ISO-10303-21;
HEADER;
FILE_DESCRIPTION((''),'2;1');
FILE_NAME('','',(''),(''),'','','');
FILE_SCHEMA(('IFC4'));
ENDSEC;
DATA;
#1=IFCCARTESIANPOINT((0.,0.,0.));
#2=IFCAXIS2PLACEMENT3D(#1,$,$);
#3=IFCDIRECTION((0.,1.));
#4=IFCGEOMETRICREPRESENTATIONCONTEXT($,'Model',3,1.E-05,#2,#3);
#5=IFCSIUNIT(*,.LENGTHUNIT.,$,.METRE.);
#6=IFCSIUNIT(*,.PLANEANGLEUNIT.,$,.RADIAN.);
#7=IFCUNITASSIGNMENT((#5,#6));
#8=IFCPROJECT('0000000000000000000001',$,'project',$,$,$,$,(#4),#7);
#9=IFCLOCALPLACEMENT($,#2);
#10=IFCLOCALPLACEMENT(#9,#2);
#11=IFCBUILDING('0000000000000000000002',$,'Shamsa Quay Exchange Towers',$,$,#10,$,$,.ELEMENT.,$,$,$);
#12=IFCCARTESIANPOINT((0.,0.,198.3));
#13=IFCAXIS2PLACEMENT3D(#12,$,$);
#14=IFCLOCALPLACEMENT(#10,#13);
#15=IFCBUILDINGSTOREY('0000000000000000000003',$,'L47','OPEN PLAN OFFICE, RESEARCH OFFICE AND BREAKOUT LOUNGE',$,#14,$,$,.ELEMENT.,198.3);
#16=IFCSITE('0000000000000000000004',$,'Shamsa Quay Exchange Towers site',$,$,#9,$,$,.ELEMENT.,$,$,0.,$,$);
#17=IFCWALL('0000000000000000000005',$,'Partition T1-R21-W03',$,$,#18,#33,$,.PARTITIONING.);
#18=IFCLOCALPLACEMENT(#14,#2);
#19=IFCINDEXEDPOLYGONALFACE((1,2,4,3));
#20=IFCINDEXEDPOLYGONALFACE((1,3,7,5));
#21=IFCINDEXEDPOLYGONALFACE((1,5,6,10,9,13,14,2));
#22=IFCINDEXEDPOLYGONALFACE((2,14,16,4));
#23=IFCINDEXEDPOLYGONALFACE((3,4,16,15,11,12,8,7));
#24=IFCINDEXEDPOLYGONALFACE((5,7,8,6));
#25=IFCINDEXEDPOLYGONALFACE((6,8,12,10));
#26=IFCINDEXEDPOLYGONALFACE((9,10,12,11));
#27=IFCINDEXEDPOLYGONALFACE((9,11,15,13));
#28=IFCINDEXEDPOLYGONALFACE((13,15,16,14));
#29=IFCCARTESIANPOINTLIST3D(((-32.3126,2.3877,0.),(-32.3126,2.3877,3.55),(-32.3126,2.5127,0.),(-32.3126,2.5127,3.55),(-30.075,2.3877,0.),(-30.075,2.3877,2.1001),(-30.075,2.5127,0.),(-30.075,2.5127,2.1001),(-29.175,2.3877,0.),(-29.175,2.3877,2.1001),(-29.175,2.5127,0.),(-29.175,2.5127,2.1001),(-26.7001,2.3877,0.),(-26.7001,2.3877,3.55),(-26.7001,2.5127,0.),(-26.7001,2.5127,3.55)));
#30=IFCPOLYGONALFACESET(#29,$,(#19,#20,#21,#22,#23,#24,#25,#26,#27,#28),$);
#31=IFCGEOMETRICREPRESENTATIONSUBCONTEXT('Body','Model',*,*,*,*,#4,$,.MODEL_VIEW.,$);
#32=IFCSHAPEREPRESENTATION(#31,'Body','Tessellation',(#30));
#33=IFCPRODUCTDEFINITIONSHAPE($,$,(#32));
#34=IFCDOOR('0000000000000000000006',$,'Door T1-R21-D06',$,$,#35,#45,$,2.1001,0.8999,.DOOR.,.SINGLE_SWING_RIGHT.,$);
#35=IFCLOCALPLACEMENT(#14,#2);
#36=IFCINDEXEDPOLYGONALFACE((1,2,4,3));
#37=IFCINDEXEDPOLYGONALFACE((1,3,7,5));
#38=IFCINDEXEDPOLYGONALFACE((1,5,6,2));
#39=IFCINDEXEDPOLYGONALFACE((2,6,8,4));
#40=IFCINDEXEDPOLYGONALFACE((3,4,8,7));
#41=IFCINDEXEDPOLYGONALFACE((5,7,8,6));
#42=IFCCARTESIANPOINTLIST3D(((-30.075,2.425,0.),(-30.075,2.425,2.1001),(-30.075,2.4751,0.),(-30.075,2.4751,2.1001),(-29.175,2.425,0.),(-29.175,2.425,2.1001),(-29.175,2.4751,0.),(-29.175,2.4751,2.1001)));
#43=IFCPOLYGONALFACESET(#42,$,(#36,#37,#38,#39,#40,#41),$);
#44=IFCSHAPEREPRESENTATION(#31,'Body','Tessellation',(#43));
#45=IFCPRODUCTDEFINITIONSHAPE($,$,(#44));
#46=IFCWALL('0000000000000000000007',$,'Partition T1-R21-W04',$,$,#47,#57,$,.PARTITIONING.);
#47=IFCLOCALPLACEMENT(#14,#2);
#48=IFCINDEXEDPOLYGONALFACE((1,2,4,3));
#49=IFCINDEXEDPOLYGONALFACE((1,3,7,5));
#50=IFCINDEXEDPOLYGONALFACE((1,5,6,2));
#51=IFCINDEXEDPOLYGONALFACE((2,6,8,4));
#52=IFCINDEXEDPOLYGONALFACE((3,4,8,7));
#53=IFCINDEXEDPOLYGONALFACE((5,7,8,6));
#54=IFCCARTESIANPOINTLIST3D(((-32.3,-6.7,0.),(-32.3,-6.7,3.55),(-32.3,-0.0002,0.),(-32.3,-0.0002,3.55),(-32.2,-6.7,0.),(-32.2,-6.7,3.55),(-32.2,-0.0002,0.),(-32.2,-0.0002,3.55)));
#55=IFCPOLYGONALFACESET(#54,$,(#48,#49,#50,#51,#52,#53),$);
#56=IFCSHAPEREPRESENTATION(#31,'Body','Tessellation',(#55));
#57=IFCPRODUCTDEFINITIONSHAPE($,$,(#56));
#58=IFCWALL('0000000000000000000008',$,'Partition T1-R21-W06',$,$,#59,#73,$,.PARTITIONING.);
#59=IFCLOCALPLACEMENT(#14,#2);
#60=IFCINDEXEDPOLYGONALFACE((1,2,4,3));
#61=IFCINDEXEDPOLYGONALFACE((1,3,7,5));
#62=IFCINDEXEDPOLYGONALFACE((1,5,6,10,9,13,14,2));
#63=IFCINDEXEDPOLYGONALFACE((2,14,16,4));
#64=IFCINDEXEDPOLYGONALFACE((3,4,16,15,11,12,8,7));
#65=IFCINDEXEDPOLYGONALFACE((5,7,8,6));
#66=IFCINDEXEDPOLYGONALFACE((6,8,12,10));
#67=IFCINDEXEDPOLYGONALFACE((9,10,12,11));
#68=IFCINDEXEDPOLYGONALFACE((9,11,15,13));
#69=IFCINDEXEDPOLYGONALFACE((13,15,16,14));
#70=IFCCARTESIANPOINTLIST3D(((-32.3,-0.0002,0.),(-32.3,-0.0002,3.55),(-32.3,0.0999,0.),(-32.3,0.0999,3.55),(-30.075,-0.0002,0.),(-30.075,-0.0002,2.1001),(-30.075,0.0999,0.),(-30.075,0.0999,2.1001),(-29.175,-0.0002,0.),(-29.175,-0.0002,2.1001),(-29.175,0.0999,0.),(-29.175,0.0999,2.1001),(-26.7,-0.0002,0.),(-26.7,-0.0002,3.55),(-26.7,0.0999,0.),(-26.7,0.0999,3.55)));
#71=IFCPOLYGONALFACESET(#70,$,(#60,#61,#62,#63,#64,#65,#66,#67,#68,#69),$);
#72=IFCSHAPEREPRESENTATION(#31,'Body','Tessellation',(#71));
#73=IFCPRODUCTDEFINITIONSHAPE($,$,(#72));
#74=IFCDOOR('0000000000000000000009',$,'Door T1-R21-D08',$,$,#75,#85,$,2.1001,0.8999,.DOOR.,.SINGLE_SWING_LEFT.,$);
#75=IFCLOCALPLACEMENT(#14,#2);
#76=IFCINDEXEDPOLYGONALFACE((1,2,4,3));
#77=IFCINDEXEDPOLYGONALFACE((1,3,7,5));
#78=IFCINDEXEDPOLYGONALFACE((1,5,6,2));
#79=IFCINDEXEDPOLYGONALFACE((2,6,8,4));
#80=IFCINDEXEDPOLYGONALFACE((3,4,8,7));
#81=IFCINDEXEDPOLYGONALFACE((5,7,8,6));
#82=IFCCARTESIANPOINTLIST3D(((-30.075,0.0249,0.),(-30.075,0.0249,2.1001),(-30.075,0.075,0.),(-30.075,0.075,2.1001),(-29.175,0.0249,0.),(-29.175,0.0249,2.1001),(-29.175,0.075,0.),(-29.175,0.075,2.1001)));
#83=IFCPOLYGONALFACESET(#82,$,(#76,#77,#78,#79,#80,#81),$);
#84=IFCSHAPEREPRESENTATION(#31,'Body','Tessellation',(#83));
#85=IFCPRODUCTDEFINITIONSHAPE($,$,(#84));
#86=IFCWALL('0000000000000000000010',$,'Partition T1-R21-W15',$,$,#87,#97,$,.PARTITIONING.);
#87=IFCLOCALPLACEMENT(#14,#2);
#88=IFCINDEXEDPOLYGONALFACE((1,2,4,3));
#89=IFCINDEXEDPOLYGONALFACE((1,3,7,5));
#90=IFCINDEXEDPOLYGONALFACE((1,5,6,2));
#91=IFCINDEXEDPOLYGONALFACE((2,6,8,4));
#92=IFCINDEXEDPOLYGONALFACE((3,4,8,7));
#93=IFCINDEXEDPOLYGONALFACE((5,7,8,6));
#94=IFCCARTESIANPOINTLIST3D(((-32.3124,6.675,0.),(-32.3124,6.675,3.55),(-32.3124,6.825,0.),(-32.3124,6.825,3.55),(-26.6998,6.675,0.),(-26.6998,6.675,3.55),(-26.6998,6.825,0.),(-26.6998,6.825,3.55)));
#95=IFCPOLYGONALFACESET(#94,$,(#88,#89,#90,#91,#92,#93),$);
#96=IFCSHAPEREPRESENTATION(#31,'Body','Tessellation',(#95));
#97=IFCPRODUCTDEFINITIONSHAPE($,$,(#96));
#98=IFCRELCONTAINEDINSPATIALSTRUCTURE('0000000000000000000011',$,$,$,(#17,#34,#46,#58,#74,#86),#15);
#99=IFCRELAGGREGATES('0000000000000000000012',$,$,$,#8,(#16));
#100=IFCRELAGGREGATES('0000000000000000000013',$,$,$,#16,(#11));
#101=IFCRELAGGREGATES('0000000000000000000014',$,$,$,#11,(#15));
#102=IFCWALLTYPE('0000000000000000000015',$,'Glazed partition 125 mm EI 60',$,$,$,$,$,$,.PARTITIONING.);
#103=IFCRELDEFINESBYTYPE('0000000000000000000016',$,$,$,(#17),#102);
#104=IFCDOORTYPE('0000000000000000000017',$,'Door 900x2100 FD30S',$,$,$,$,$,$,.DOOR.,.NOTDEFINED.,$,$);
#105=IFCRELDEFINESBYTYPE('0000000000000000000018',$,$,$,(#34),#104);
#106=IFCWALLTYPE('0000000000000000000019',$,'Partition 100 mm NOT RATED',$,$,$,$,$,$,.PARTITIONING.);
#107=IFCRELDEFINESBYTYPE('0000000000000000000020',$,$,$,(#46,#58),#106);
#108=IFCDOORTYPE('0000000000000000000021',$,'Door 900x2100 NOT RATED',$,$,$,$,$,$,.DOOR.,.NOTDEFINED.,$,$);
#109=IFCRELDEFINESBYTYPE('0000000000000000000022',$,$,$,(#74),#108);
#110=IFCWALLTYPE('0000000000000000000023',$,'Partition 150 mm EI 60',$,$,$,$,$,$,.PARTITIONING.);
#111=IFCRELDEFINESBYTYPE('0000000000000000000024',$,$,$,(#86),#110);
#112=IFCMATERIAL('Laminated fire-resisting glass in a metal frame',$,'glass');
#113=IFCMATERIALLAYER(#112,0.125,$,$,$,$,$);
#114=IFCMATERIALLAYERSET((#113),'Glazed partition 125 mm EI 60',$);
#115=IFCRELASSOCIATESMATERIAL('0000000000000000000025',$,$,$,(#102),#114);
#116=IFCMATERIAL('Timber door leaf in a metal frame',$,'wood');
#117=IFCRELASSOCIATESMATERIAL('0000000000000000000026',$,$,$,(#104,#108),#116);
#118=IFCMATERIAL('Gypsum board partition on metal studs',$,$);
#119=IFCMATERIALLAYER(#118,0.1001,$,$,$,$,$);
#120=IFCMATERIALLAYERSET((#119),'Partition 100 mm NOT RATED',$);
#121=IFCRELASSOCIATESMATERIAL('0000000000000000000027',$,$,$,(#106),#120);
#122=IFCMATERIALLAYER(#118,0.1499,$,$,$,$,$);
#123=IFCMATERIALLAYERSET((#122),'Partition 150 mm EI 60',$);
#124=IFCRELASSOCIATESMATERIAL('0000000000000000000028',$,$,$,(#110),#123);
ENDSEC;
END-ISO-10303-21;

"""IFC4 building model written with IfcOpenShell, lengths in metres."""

from ifc_helpers import new_model, si_unit, direction, frame, frame_2d, origin, place, context, subcontext, project, spatial, rectangle, extrude, material, layer, layer_set, type_object, element, fill, save


model = new_model("IFC4")

# Units and contexts
model_context = context("Model", 3, precision=1e-05, world=origin(), true_north=direction((0.0, 1.0)))
body_context = subcontext(model_context, "Body", "Model", "MODEL_VIEW")
ifc_project = project(units=[si_unit("LENGTHUNIT", "METRE"), si_unit("PLANEANGLEUNIT", "RADIAN")], contexts=[model_context])

# Site, building, storey
site_placement = place(None, origin())
site = spatial("IfcSite", under=ifc_project, at=site_placement, Name="Shamsa Quay Exchange Towers site", CompositionType="ELEMENT", RefElevation=0.0)
building_placement = place(site_placement, origin())
building = spatial("IfcBuilding", under=site, at=building_placement, Name="Shamsa Quay Exchange Towers", CompositionType="ELEMENT")
storey_placement = place(building_placement, frame((0.0, 0.0, 198.3)))
storey = spatial("IfcBuildingStorey", under=building, at=storey_placement, Name="L47", Description="OPEN PLAN OFFICE, RESEARCH OFFICE AND BREAKOUT LOUNGE", CompositionType="ELEMENT", Elevation=198.3)

# Shared definitions
ifc_material_1 = material(Name="Laminated fire-resisting glass in a metal frame", Category="glass")
ifc_layer_1 = layer(ifc_material_1, 0.125)
ifc_layer_set_1 = layer_set([ifc_layer_1], Name="Glazed partition 125 mm EI 60")
wall_type_1 = type_object("IfcWallType", Name="Glazed partition 125 mm EI 60", PredefinedType="PARTITIONING", material=ifc_layer_set_1)

# Wall, opening, door
wall_1_placement = place(storey_placement, frame((-32.3125, 2.4502, 0.0)))
wall_1 = element("IfcWall", 1, at=wall_1_placement, inside=storey, type_object=wall_type_1, Name="Partition T1-R21-W03", PredefinedType="PARTITIONING", context=body_context, shape_type="SweptSolid", body=[
    extrude(rectangle(XDim=5.6125, YDim=0.125, at=frame_2d((2.8062, 0.0))), origin(), (0.0, 0.0, 1.0), 3.55),
])
opening_1_placement = place(wall_1_placement, frame((2.2375, 0.0, 0.0)))
opening_1 = element("IfcOpeningElement", 2, at=opening_1_placement, cuts=wall_1, PredefinedType="OPENING", context=body_context, shape_type="SweptSolid", body=[
    extrude(rectangle(XDim=0.8999, YDim=2.1001, at=frame_2d((0.45, 1.05))), frame((0.0, 0.0725, 0.0), z_axis=(0.0, -1.0, 0.0), x_axis=(1.0, 0.0, 0.0)), (0.0, 0.0, 1.0), 0.145),
])
ifc_material_2 = material(Name="Timber door leaf in a metal frame", Category="wood")
door_type_1 = type_object("IfcDoorType", Name="Door 900x2100 FD30S", OperationType="NOTDEFINED", PredefinedType="DOOR", material=ifc_material_2)
door_1_placement = place(opening_1_placement, origin())
door_1 = element("IfcDoor", 3, at=door_1_placement, inside=storey, type_object=door_type_1, Name="Door T1-R21-D06", OperationType="SINGLE_SWING_RIGHT", OverallHeight=2.1001, OverallWidth=0.8999, PredefinedType="DOOR", context=body_context, shape_type="SweptSolid", body=[
    extrude(rectangle(XDim=0.8999, YDim=2.1001, at=frame_2d((0.45, 1.05))), frame((0.0, 0.0249, 0.0), z_axis=(0.0, -1.0, 0.0), x_axis=(1.0, 0.0, 0.0)), (0.0, 0.0, 1.0), 0.05),
])
fill(opening_1, door_1)

# Wall
ifc_material_3 = material(Name="Gypsum board partition on metal studs")
ifc_layer_2 = layer(ifc_material_3, 0.1001)
ifc_layer_set_2 = layer_set([ifc_layer_2], Name="Partition 100 mm NOT RATED")
wall_type_2 = type_object("IfcWallType", Name="Partition 100 mm NOT RATED", PredefinedType="PARTITIONING", material=ifc_layer_set_2)
wall_2_placement = place(storey_placement, frame((-32.25, -0.0002, 0.0), z_axis=(0.0, 0.0, 1.0), x_axis=(0.0, -1.0, 0.0)))
element("IfcWall", 4, at=wall_2_placement, inside=storey, type_object=wall_type_2, Name="Partition T1-R21-W04", PredefinedType="PARTITIONING", context=body_context, shape_type="SweptSolid", body=[
    extrude(rectangle(XDim=6.6997, YDim=0.1001, at=frame_2d((3.3499, 0.0))), origin(), (0.0, 0.0, 1.0), 3.55),
])

# Wall, opening, door
wall_3_placement = place(storey_placement, frame((-26.7, 0.0498, 0.0), z_axis=(0.0, 0.0, 1.0), x_axis=(-1.0, 0.0, 0.0)))
wall_3 = element("IfcWall", 5, at=wall_3_placement, inside=storey, type_object=wall_type_2, Name="Partition T1-R21-W06", PredefinedType="PARTITIONING", context=body_context, shape_type="SweptSolid", body=[
    extrude(rectangle(XDim=5.6001, YDim=0.1001, at=frame_2d((2.8, 0.0))), origin(), (0.0, 0.0, 1.0), 3.55),
])
opening_2_placement = place(wall_3_placement, frame((2.4751, 0.0, 0.0)))
opening_2 = element("IfcOpeningElement", 6, at=opening_2_placement, cuts=wall_3, PredefinedType="OPENING", context=body_context, shape_type="SweptSolid", body=[
    extrude(rectangle(XDim=0.8999, YDim=2.1001, at=frame_2d((0.45, 1.05))), frame((0.0, 0.0601, 0.0), z_axis=(0.0, -1.0, 0.0), x_axis=(1.0, 0.0, 0.0)), (0.0, 0.0, 1.0), 0.1201),
])
door_type_2 = type_object("IfcDoorType", Name="Door 900x2100 NOT RATED", OperationType="NOTDEFINED", PredefinedType="DOOR", material=ifc_material_2)
door_2_placement = place(opening_2_placement, origin())
door_2 = element("IfcDoor", 7, at=door_2_placement, inside=storey, type_object=door_type_2, Name="Door T1-R21-D08", OperationType="SINGLE_SWING_LEFT", OverallHeight=2.1001, OverallWidth=0.8999, PredefinedType="DOOR", context=body_context, shape_type="SweptSolid", body=[
    extrude(rectangle(XDim=0.8999, YDim=2.1001, at=frame_2d((0.45, 1.05))), frame((0.0, 0.0249, 0.0), z_axis=(0.0, -1.0, 0.0), x_axis=(1.0, 0.0, 0.0)), (0.0, 0.0, 1.0), 0.05),
])
fill(opening_2, door_2)

# Wall
ifc_layer_3 = layer(ifc_material_3, 0.1499)
ifc_layer_set_3 = layer_set([ifc_layer_3], Name="Partition 150 mm EI 60")
wall_type_3 = type_object("IfcWallType", Name="Partition 150 mm EI 60", PredefinedType="PARTITIONING", material=ifc_layer_set_3)
wall_4_placement = place(storey_placement, frame((-26.7, 6.75, 0.0), z_axis=(0.0, 0.0, 1.0), x_axis=(-1.0, 0.0, 0.0)))
element("IfcWall", 8, at=wall_4_placement, inside=storey, type_object=wall_type_3, Name="Partition T1-R21-W15", PredefinedType="PARTITIONING", context=body_context, shape_type="SweptSolid", body=[
    extrude(rectangle(XDim=5.6125, YDim=0.1499, at=frame_2d((2.8062, 0.0))), origin(), (0.0, 0.0, 1.0), 3.55),
])

save(model, "model.ifc")
